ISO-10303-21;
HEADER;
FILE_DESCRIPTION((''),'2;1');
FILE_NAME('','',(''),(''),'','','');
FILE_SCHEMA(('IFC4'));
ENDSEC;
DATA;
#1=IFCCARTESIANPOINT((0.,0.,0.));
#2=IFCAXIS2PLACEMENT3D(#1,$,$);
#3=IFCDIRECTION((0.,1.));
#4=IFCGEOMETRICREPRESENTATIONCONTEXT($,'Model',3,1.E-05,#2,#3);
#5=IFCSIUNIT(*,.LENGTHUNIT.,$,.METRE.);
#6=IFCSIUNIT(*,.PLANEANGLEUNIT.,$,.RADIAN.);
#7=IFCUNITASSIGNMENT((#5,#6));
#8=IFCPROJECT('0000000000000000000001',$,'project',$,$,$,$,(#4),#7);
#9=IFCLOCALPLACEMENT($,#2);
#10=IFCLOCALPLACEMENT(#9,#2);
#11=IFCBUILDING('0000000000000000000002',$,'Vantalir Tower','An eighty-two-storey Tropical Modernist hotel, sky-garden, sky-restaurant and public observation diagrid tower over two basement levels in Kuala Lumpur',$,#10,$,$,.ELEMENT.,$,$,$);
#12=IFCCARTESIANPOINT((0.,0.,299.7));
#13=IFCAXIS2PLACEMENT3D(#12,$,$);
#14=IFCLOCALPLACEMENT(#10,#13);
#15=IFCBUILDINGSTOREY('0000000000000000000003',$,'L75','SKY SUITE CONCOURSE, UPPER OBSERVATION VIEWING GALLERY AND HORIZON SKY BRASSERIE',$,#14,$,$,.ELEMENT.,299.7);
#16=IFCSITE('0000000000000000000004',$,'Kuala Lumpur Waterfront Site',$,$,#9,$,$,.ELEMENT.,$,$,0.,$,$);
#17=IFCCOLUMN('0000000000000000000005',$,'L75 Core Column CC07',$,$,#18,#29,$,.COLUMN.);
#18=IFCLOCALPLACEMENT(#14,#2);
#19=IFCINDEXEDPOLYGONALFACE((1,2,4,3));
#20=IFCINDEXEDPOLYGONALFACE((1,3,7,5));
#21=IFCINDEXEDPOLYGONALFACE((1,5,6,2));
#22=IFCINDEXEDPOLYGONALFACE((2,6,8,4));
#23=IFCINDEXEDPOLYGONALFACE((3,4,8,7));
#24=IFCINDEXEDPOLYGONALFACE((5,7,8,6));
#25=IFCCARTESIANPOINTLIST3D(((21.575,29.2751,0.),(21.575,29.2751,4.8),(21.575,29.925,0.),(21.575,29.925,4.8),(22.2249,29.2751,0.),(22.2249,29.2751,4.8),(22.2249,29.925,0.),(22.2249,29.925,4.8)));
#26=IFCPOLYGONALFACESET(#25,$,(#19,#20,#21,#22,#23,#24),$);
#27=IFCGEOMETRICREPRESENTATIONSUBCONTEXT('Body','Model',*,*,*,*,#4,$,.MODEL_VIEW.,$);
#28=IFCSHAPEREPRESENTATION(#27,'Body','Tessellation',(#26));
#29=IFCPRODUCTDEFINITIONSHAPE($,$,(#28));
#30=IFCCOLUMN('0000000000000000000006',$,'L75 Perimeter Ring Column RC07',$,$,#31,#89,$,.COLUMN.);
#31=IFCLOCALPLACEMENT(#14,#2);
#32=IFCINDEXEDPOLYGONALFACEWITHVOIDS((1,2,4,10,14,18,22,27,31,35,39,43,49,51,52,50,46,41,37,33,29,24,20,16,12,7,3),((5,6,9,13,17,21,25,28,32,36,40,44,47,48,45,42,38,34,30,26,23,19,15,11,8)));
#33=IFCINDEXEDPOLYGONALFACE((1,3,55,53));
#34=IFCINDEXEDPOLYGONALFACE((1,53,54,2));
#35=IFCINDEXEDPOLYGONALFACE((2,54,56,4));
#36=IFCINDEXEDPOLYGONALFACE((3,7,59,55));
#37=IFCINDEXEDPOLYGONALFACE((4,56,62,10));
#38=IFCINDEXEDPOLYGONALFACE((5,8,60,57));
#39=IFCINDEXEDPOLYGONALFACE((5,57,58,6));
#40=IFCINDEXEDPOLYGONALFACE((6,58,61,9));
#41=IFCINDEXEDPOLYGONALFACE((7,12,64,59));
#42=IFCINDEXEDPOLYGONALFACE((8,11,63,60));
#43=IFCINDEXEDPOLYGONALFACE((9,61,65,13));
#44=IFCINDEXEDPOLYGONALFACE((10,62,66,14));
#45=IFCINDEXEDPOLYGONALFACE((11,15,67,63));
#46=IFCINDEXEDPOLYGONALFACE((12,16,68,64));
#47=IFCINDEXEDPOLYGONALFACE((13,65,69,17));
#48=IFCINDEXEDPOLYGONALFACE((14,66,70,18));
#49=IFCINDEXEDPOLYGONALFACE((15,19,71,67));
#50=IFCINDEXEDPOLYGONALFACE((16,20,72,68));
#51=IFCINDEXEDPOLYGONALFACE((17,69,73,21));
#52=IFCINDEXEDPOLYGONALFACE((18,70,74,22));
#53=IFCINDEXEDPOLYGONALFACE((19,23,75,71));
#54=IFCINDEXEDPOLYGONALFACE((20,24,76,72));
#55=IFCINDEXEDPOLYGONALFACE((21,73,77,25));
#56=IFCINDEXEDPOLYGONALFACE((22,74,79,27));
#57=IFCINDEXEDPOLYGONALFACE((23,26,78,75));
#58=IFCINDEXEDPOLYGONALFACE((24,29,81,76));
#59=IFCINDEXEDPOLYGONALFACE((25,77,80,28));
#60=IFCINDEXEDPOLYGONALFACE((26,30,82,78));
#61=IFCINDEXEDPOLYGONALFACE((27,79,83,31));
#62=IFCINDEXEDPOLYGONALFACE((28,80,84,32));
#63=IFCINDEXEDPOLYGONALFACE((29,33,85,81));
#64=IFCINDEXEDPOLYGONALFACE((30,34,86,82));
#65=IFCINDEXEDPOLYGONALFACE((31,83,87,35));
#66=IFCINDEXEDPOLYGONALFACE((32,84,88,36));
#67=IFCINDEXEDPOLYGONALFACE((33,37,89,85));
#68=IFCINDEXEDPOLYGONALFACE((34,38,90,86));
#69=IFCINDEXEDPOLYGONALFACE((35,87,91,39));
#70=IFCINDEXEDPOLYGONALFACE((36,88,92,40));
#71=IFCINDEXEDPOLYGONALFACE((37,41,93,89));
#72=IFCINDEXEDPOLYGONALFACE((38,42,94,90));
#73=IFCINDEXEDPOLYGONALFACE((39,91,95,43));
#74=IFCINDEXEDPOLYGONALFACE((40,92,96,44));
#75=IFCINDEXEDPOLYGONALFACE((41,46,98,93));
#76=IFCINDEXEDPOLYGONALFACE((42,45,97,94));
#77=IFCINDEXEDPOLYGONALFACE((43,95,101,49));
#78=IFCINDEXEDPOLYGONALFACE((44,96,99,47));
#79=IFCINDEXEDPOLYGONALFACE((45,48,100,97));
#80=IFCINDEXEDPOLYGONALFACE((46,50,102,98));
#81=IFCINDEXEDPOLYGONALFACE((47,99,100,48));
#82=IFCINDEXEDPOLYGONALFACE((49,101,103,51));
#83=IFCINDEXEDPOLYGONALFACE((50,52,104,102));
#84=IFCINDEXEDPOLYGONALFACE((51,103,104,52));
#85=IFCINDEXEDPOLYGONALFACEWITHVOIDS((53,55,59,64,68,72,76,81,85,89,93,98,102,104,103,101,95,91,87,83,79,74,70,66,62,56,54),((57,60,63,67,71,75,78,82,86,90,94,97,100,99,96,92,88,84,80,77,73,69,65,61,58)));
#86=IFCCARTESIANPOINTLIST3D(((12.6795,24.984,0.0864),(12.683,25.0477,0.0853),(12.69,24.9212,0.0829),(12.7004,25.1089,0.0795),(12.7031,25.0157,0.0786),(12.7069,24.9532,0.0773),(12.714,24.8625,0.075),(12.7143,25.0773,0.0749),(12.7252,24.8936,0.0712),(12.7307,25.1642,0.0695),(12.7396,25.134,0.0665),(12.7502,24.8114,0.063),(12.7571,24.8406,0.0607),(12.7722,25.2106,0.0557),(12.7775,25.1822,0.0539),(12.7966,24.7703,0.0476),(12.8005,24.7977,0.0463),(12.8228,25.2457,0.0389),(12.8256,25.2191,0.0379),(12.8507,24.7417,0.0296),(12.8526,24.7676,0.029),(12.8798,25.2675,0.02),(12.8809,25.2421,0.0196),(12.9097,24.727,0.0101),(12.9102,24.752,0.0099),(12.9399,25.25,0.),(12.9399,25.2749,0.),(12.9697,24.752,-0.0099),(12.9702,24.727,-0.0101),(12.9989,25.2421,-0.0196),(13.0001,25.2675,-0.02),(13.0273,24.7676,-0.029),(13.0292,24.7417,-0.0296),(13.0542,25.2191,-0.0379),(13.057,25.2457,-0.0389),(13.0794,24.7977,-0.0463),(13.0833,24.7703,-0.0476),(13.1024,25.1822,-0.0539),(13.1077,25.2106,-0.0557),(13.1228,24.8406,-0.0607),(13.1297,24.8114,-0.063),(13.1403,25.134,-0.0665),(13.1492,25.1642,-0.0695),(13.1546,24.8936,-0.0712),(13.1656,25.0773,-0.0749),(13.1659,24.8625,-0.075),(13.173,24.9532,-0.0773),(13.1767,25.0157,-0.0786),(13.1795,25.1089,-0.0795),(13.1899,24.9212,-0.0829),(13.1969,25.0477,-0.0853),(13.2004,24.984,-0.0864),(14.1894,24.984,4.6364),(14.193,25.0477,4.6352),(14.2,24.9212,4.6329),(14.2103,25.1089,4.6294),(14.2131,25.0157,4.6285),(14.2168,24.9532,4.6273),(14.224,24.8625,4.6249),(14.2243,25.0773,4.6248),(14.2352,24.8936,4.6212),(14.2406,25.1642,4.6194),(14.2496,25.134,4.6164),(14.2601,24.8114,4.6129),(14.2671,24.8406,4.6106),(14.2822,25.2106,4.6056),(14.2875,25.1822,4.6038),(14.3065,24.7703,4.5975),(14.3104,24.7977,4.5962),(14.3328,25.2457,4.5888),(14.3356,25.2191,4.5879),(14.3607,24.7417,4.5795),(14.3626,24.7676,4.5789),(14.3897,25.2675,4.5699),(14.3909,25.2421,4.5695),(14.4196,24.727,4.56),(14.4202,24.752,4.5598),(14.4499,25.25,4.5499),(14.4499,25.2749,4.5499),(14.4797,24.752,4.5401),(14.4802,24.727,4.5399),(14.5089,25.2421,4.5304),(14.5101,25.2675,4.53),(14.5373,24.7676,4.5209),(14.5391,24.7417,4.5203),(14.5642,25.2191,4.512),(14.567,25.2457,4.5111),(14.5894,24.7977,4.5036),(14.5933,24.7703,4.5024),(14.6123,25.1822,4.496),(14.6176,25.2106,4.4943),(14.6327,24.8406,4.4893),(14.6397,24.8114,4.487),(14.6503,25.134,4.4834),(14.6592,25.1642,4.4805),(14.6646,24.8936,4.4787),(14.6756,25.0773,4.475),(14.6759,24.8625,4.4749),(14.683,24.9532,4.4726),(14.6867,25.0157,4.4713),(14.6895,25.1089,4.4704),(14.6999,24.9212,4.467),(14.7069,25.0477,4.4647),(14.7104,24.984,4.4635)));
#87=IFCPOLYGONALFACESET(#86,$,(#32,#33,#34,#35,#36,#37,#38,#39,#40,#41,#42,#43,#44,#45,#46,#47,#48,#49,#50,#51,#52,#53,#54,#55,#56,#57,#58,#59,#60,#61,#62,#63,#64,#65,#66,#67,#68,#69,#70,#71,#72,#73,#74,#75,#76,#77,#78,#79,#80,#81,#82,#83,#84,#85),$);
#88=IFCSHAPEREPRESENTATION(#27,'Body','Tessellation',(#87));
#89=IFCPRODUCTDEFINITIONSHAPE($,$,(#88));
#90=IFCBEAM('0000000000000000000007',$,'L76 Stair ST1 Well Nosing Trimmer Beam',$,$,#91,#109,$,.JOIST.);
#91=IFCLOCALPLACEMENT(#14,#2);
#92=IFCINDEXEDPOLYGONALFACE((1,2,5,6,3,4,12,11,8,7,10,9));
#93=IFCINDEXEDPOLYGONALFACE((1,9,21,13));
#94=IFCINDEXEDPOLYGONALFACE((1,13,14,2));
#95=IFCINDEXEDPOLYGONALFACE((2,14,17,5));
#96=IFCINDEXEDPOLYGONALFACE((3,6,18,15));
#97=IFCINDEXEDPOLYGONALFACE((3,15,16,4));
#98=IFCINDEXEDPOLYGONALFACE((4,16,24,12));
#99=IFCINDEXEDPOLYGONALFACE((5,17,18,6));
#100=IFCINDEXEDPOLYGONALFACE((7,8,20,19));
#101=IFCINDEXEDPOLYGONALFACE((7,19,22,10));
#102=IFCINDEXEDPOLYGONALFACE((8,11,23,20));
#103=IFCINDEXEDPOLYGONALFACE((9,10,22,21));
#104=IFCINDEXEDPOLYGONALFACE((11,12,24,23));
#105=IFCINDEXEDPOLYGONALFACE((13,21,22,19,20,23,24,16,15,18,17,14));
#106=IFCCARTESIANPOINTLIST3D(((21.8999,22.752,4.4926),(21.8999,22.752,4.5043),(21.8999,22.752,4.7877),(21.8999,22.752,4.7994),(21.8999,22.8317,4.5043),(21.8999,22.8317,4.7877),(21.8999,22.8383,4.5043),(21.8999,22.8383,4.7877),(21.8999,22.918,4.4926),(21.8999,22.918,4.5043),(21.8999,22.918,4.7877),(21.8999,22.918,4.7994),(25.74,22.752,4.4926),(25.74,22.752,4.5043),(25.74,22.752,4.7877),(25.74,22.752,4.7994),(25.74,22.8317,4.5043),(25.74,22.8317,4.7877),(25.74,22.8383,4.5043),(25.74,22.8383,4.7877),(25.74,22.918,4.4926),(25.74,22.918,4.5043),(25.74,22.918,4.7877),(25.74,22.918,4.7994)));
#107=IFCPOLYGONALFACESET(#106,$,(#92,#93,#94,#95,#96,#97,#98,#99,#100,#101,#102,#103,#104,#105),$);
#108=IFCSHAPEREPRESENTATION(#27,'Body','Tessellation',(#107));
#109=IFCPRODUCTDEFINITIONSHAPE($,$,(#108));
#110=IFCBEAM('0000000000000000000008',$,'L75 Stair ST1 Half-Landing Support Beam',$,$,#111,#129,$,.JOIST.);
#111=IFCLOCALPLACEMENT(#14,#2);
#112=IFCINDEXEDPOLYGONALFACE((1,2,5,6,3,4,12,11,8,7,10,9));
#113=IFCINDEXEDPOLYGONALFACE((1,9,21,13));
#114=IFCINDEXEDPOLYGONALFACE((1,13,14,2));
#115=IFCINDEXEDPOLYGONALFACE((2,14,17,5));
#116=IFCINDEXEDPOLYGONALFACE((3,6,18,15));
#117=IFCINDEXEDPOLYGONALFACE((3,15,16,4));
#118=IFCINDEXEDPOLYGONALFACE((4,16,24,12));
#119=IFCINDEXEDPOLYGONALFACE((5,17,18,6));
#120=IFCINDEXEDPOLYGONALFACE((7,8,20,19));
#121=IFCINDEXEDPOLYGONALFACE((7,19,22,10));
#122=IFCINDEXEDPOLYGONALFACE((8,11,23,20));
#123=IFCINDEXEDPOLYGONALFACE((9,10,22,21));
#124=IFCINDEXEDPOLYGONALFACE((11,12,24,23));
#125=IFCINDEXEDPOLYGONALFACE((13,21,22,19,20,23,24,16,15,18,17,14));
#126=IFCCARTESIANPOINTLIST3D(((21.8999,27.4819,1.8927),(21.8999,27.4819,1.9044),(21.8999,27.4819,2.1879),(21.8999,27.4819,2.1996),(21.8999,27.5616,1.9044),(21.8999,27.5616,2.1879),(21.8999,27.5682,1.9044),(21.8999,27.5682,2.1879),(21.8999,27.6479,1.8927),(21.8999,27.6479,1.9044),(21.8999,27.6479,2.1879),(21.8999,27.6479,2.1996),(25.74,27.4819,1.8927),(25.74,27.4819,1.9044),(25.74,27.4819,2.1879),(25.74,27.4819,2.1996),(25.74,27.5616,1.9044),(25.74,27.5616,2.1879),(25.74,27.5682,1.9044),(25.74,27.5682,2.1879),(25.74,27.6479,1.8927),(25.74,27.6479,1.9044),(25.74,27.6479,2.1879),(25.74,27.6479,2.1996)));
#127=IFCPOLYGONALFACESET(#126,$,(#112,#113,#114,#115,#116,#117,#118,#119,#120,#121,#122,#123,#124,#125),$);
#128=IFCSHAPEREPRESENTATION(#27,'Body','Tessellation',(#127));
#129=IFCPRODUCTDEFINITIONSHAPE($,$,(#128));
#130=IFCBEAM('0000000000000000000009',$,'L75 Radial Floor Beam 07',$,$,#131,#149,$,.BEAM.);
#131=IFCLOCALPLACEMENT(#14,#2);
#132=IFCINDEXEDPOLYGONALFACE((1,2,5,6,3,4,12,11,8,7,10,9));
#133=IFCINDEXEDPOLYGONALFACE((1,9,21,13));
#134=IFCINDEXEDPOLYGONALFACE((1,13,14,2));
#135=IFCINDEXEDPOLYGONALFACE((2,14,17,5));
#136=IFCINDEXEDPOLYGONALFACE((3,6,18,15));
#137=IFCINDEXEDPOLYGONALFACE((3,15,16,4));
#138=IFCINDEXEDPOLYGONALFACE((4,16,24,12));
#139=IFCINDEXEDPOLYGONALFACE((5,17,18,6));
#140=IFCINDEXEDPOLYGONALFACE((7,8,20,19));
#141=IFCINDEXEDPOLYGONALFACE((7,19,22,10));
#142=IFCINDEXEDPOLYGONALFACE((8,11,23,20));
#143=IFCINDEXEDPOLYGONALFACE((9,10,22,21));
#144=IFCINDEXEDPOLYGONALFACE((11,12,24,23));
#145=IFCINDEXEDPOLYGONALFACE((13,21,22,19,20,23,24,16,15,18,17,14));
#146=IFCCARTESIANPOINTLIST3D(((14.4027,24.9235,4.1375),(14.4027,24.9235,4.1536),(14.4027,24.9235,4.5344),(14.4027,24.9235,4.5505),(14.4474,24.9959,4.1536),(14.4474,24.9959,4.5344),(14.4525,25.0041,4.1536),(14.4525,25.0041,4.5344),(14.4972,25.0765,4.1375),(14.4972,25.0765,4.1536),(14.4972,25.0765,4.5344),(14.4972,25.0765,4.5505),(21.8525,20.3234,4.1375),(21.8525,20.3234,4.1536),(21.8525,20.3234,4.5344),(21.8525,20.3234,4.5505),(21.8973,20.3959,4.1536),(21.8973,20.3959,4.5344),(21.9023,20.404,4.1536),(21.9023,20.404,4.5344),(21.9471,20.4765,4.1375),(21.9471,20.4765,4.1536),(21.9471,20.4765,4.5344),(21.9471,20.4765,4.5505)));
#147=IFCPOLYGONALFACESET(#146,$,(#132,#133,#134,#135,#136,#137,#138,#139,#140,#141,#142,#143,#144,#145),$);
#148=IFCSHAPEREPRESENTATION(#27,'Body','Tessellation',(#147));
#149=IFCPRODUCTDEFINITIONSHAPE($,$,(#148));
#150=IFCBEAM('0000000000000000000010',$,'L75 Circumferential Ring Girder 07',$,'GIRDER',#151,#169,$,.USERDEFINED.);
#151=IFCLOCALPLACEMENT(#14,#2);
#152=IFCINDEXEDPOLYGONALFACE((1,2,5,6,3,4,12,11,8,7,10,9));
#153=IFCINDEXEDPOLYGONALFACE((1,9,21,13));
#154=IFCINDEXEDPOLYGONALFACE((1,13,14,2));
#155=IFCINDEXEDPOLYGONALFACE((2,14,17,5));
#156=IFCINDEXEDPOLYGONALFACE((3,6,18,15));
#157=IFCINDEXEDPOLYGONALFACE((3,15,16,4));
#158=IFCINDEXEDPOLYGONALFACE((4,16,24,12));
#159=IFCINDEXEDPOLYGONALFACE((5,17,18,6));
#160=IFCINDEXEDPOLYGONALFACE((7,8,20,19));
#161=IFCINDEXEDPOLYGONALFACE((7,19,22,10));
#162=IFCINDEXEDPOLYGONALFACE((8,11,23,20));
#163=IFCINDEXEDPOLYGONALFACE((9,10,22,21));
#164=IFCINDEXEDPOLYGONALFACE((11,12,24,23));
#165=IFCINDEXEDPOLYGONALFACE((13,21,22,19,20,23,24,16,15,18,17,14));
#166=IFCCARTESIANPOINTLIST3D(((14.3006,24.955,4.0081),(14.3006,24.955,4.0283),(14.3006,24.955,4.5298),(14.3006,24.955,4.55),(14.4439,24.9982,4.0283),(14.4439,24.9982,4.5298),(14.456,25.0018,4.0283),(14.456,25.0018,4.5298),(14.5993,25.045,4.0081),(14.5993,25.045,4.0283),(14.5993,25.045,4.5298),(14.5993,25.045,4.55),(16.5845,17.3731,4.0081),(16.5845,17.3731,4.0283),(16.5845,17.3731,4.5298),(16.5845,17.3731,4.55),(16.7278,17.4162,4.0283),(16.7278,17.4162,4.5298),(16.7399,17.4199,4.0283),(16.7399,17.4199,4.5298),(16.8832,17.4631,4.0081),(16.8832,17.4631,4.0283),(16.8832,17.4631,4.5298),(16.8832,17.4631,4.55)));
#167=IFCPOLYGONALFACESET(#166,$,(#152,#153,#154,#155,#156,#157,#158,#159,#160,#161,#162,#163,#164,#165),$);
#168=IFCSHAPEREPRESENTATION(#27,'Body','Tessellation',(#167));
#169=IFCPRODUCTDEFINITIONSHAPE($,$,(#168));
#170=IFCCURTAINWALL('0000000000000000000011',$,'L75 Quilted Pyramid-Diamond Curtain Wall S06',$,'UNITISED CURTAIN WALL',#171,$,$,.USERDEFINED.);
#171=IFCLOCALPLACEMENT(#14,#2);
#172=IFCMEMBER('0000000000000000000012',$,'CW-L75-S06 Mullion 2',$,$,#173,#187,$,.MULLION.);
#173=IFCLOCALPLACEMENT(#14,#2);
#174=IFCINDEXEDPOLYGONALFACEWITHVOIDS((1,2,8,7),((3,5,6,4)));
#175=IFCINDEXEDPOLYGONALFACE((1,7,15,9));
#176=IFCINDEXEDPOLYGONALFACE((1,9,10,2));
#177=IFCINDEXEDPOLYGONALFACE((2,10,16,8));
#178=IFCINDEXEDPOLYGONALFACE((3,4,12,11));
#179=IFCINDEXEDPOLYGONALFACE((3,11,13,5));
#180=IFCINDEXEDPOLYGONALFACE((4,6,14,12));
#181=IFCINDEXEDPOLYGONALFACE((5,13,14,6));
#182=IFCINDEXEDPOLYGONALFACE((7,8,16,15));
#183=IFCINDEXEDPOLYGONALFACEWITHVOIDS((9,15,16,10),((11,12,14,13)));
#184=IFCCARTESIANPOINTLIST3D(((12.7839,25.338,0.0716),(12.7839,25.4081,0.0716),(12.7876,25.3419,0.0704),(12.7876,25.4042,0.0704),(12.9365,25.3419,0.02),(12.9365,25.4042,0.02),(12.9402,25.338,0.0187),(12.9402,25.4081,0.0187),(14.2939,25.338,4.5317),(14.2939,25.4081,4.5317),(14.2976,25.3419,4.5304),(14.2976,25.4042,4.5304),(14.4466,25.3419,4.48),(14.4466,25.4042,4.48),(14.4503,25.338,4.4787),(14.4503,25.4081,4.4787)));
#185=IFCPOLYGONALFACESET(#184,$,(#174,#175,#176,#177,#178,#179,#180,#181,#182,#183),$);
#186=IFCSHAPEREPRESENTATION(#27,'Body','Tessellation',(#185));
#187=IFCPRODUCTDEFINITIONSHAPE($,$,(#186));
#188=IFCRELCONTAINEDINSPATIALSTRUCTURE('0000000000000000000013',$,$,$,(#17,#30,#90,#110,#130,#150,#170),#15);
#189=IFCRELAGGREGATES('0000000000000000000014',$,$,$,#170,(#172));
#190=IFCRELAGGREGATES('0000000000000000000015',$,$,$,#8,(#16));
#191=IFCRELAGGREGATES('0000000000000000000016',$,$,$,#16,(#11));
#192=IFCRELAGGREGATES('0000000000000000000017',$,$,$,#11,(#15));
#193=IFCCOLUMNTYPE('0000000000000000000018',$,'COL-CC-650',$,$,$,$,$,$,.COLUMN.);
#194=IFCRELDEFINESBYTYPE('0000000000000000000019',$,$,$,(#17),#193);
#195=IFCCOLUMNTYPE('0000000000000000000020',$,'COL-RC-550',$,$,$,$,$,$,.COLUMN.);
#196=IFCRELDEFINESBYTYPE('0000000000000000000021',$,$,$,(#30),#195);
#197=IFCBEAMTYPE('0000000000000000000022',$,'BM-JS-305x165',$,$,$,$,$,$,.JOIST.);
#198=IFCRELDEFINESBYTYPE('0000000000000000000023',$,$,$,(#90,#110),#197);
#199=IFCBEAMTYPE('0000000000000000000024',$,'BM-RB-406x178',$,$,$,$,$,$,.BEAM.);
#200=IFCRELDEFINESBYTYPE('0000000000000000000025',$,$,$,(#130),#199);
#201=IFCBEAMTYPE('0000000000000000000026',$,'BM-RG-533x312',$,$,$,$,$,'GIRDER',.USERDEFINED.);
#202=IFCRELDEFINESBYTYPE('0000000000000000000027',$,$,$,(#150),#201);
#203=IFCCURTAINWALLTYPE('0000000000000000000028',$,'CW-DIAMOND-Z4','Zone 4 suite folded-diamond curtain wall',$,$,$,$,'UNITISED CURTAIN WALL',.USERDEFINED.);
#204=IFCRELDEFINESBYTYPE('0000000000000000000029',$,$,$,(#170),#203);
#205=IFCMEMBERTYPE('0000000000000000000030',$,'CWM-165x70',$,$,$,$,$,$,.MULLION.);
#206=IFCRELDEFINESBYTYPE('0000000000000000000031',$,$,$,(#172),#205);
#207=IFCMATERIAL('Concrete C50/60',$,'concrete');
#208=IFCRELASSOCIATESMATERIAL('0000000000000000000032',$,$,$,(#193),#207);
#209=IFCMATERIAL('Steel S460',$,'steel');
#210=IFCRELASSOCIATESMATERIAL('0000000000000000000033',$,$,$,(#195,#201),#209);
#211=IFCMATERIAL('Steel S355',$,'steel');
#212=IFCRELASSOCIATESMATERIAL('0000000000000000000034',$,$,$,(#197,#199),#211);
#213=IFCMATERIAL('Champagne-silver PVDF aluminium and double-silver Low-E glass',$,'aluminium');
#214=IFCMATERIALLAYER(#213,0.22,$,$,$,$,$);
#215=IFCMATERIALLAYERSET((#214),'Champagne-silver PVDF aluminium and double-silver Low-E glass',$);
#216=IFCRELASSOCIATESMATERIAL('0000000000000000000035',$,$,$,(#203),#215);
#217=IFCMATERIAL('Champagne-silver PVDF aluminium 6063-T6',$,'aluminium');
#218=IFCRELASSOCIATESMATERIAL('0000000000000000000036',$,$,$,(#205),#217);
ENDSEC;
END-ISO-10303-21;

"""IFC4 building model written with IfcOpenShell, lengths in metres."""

from ifc_helpers import new_model, si_unit, direction, frame, origin, origin_2d, place, context, subcontext, project, spatial, rectangle, hollow_rectangle, hollow_circle, i_section, extrude, material, layer, layer_set, material_profile, profile_set, type_object, element, aggregate, save


model = new_model("IFC4")

# Units and contexts
model_context = context("Model", 3, precision=1e-05, world=origin(), true_north=direction((0.0, 1.0)))
body_context = subcontext(model_context, "Body", "Model", "MODEL_VIEW")
ifc_project = project(units=[si_unit("LENGTHUNIT", "METRE"), si_unit("PLANEANGLEUNIT", "RADIAN")], contexts=[model_context])

# Site, building, storey
site_placement = place(None, origin())
site = spatial("IfcSite", under=ifc_project, at=site_placement, Name="Kuala Lumpur Waterfront Site", CompositionType="ELEMENT", RefElevation=0.0)
building_placement = place(site_placement, origin())
building = spatial("IfcBuilding", under=site, at=building_placement, Name="Vantalir Tower", Description="An eighty-two-storey Tropical Modernist hotel, sky-garden, sky-restaurant and public observation diagrid tower over two basement levels in Kuala Lumpur", CompositionType="ELEMENT")
storey_placement = place(building_placement, frame((0.0, 0.0, 299.7)))
storey = spatial("IfcBuildingStorey", under=building, at=storey_placement, Name="L75", Description="SKY SUITE CONCOURSE, UPPER OBSERVATION VIEWING GALLERY AND HORIZON SKY BRASSERIE", CompositionType="ELEMENT", Elevation=299.7)

# Columns
ifc_material_1 = material(Name="Concrete C50/60", Category="concrete")
ifc_material_profile_1 = material_profile(ifc_material_1, rectangle(XDim=0.6499, YDim=0.6499, at=origin_2d()), Name="Concrete C50/60")
ifc_profile_set_1 = profile_set([ifc_material_profile_1], Name="Concrete C50/60")
column_type_1 = type_object("IfcColumnType", Name="COL-CC-650", PredefinedType="COLUMN", material=ifc_profile_set_1)
column_1_placement = place(storey_placement, frame((21.8999, 29.6001, 0.0), z_axis=(0.0, 0.0, 1.0), x_axis=(1.0, 0.0, 0.0)))
element("IfcColumn", 1, at=column_1_placement, inside=storey, type_object=column_type_1, Name="L75 Core Column CC07", PredefinedType="COLUMN", context=body_context, shape_type="SweptSolid", body=[
    extrude(rectangle(XDim=0.6499, YDim=0.6499, at=origin_2d()), origin(), (0.0, 0.0, 1.0), 4.8),
])
ifc_material_2 = material(Name="Steel S460", Category="steel")
ifc_material_profile_2 = material_profile(ifc_material_2, hollow_circle(Radius=0.2749, WallThickness=0.0249, at=origin_2d()), Name="Steel S460")
ifc_profile_set_2 = profile_set([ifc_material_profile_2], Name="Steel S460")
column_type_2 = type_object("IfcColumnType", Name="COL-RC-550", PredefinedType="COLUMN", material=ifc_profile_set_2)
column_2_placement = place(storey_placement, frame((12.9399, 25.0, 0.0), z_axis=(0.314975, 0.0, 0.9491), x_axis=(0.0, 1.0, 0.0)))
element("IfcColumn", 2, at=column_2_placement, inside=storey, type_object=column_type_2, Name="L75 Perimeter Ring Column RC07", PredefinedType="COLUMN", context=body_context, shape_type="SweptSolid", body=[
    extrude(hollow_circle(Radius=0.2749, WallThickness=0.0249, at=origin_2d()), origin(), (0.0, 0.0, 1.0), 4.7939),
])

# Beams
ifc_material_3 = material(Name="Steel S355", Category="steel")
ifc_material_profile_3 = material_profile(ifc_material_3, i_section(OverallWidth=0.166, OverallDepth=0.3069, WebThickness=0.0066, FlangeThickness=0.0117, at=origin_2d()), Name="Steel S355")
ifc_profile_set_3 = profile_set([ifc_material_profile_3], Name="Steel S355")
beam_type_1 = type_object("IfcBeamType", Name="BM-JS-305x165", PredefinedType="JOIST", material=ifc_profile_set_3)
for number, where, z_axis, x_axis, name in (
    (3, (21.8999, 22.835, 4.646), (1.0, 0.0, 0.0), (0.0, 1.0, 0.0), "L76 Stair ST1 Well Nosing Trimmer Beam"),
    (4, (21.8999, 27.5649, 2.0461), (1.0, 0.0, 0.0), (0.0, 1.0, 0.0), "L75 Stair ST1 Half-Landing Support Beam"),
):
    element("IfcBeam", number, at=place(storey_placement, frame(where, z_axis=z_axis, x_axis=x_axis)), inside=storey, type_object=beam_type_1, Name=name, PredefinedType="JOIST", context=body_context, shape_type="SweptSolid", body=[
        extrude(i_section(OverallWidth=0.166, OverallDepth=0.3069, WebThickness=0.0066, FlangeThickness=0.0117, at=origin_2d()), origin(), (0.0, 0.0, 1.0), 3.8401),
    ])
ifc_material_profile_4 = material_profile(ifc_material_3, i_section(OverallWidth=0.1799, OverallDepth=0.4131, WebThickness=0.0095, FlangeThickness=0.0161, at=origin_2d()), Name="Steel S355")
ifc_profile_set_4 = profile_set([ifc_material_profile_4], Name="Steel S355")
beam_type_2 = type_object("IfcBeamType", Name="BM-RB-406x178", PredefinedType="BEAM", material=ifc_profile_set_4)
beam_1_placement = place(storey_placement, frame((14.45, 25.0, 4.344), z_axis=(0.850867, -0.525382, 0.0), x_axis=(0.525382, 0.850867, 0.0)))
element("IfcBeam", 5, at=beam_1_placement, inside=storey, type_object=beam_type_2, Name="L75 Radial Floor Beam 07", PredefinedType="BEAM", context=body_context, shape_type="SweptSolid", body=[
    extrude(i_section(OverallWidth=0.1799, OverallDepth=0.4131, WebThickness=0.0095, FlangeThickness=0.0161, at=origin_2d()), origin(), (0.0, 0.0, 1.0), 8.7556),
])
ifc_material_profile_5 = material_profile(ifc_material_2, i_section(OverallWidth=0.312, OverallDepth=0.542, WebThickness=0.0127, FlangeThickness=0.0203, at=origin_2d()), Name="Steel S460")
ifc_profile_set_5 = profile_set([ifc_material_profile_5], Name="Steel S460")
beam_type_3 = type_object("IfcBeamType", Name="BM-RG-533x312", ElementType="GIRDER", PredefinedType="USERDEFINED", material=ifc_profile_set_5)
beam_2_placement = place(storey_placement, frame((14.45, 25.0, 4.2791), z_axis=(0.288428, -0.957502, 0.0), x_axis=(0.957502, 0.288428, 0.0)))
element("IfcBeam", 6, at=beam_2_placement, inside=storey, type_object=beam_type_3, Name="L75 Circumferential Ring Girder 07", ObjectType="GIRDER", PredefinedType="USERDEFINED", context=body_context, shape_type="SweptSolid", body=[
    extrude(i_section(OverallWidth=0.312, OverallDepth=0.542, WebThickness=0.0127, FlangeThickness=0.0203, at=origin_2d()), origin(), (0.0, 0.0, 1.0), 7.9185),
])

# Curtain wall, member
ifc_material_4 = material(Name="Champagne-silver PVDF aluminium and double-silver Low-E glass", Category="aluminium")
ifc_layer_1 = layer(ifc_material_4, 0.22)
ifc_layer_set_1 = layer_set([ifc_layer_1], Name="Champagne-silver PVDF aluminium and double-silver Low-E glass")
curtain_wall_type = type_object("IfcCurtainWallType", Name="CW-DIAMOND-Z4", Description="Zone 4 suite folded-diamond curtain wall", ElementType="UNITISED CURTAIN WALL", PredefinedType="USERDEFINED", material=ifc_layer_set_1)
curtain_wall_1_placement = place(storey_placement, origin())
curtain_wall_1 = element("IfcCurtainWall", 7, at=curtain_wall_1_placement, inside=storey, type_object=curtain_wall_type, Name="L75 Quilted Pyramid-Diamond Curtain Wall S06", ObjectType="UNITISED CURTAIN WALL", PredefinedType="USERDEFINED")
ifc_material_5 = material(Name="Champagne-silver PVDF aluminium 6063-T6", Category="aluminium")
ifc_material_profile_6 = material_profile(ifc_material_5, hollow_rectangle(XDim=0.0701, YDim=0.165, WallThickness=0.0039, at=origin_2d()), Name="Champagne-silver PVDF aluminium 6063-T6")
ifc_profile_set_6 = profile_set([ifc_material_profile_6], Name="Champagne-silver PVDF aluminium 6063-T6")
member_type_1 = type_object("IfcMemberType", Name="CWM-165x70", PredefinedType="MULLION", material=ifc_profile_set_6)
member_1_placement = place(storey_placement, frame((12.8621, 25.373, 0.0452), z_axis=(0.320688, 0.0, 0.947185), x_axis=(0.0, 1.0, 0.0)))
member_1 = element("IfcMember", 8, at=member_1_placement, type_object=member_type_1, Name="CW-L75-S06 Mullion 2", PredefinedType="MULLION", context=body_context, shape_type="SweptSolid", body=[
    extrude(hollow_rectangle(XDim=0.0701, YDim=0.165, WallThickness=0.0039, at=origin_2d()), origin(), (0.0, 0.0, 1.0), 4.7087),
])

aggregate(curtain_wall_1, [member_1])

save(model, "model.ifc")
